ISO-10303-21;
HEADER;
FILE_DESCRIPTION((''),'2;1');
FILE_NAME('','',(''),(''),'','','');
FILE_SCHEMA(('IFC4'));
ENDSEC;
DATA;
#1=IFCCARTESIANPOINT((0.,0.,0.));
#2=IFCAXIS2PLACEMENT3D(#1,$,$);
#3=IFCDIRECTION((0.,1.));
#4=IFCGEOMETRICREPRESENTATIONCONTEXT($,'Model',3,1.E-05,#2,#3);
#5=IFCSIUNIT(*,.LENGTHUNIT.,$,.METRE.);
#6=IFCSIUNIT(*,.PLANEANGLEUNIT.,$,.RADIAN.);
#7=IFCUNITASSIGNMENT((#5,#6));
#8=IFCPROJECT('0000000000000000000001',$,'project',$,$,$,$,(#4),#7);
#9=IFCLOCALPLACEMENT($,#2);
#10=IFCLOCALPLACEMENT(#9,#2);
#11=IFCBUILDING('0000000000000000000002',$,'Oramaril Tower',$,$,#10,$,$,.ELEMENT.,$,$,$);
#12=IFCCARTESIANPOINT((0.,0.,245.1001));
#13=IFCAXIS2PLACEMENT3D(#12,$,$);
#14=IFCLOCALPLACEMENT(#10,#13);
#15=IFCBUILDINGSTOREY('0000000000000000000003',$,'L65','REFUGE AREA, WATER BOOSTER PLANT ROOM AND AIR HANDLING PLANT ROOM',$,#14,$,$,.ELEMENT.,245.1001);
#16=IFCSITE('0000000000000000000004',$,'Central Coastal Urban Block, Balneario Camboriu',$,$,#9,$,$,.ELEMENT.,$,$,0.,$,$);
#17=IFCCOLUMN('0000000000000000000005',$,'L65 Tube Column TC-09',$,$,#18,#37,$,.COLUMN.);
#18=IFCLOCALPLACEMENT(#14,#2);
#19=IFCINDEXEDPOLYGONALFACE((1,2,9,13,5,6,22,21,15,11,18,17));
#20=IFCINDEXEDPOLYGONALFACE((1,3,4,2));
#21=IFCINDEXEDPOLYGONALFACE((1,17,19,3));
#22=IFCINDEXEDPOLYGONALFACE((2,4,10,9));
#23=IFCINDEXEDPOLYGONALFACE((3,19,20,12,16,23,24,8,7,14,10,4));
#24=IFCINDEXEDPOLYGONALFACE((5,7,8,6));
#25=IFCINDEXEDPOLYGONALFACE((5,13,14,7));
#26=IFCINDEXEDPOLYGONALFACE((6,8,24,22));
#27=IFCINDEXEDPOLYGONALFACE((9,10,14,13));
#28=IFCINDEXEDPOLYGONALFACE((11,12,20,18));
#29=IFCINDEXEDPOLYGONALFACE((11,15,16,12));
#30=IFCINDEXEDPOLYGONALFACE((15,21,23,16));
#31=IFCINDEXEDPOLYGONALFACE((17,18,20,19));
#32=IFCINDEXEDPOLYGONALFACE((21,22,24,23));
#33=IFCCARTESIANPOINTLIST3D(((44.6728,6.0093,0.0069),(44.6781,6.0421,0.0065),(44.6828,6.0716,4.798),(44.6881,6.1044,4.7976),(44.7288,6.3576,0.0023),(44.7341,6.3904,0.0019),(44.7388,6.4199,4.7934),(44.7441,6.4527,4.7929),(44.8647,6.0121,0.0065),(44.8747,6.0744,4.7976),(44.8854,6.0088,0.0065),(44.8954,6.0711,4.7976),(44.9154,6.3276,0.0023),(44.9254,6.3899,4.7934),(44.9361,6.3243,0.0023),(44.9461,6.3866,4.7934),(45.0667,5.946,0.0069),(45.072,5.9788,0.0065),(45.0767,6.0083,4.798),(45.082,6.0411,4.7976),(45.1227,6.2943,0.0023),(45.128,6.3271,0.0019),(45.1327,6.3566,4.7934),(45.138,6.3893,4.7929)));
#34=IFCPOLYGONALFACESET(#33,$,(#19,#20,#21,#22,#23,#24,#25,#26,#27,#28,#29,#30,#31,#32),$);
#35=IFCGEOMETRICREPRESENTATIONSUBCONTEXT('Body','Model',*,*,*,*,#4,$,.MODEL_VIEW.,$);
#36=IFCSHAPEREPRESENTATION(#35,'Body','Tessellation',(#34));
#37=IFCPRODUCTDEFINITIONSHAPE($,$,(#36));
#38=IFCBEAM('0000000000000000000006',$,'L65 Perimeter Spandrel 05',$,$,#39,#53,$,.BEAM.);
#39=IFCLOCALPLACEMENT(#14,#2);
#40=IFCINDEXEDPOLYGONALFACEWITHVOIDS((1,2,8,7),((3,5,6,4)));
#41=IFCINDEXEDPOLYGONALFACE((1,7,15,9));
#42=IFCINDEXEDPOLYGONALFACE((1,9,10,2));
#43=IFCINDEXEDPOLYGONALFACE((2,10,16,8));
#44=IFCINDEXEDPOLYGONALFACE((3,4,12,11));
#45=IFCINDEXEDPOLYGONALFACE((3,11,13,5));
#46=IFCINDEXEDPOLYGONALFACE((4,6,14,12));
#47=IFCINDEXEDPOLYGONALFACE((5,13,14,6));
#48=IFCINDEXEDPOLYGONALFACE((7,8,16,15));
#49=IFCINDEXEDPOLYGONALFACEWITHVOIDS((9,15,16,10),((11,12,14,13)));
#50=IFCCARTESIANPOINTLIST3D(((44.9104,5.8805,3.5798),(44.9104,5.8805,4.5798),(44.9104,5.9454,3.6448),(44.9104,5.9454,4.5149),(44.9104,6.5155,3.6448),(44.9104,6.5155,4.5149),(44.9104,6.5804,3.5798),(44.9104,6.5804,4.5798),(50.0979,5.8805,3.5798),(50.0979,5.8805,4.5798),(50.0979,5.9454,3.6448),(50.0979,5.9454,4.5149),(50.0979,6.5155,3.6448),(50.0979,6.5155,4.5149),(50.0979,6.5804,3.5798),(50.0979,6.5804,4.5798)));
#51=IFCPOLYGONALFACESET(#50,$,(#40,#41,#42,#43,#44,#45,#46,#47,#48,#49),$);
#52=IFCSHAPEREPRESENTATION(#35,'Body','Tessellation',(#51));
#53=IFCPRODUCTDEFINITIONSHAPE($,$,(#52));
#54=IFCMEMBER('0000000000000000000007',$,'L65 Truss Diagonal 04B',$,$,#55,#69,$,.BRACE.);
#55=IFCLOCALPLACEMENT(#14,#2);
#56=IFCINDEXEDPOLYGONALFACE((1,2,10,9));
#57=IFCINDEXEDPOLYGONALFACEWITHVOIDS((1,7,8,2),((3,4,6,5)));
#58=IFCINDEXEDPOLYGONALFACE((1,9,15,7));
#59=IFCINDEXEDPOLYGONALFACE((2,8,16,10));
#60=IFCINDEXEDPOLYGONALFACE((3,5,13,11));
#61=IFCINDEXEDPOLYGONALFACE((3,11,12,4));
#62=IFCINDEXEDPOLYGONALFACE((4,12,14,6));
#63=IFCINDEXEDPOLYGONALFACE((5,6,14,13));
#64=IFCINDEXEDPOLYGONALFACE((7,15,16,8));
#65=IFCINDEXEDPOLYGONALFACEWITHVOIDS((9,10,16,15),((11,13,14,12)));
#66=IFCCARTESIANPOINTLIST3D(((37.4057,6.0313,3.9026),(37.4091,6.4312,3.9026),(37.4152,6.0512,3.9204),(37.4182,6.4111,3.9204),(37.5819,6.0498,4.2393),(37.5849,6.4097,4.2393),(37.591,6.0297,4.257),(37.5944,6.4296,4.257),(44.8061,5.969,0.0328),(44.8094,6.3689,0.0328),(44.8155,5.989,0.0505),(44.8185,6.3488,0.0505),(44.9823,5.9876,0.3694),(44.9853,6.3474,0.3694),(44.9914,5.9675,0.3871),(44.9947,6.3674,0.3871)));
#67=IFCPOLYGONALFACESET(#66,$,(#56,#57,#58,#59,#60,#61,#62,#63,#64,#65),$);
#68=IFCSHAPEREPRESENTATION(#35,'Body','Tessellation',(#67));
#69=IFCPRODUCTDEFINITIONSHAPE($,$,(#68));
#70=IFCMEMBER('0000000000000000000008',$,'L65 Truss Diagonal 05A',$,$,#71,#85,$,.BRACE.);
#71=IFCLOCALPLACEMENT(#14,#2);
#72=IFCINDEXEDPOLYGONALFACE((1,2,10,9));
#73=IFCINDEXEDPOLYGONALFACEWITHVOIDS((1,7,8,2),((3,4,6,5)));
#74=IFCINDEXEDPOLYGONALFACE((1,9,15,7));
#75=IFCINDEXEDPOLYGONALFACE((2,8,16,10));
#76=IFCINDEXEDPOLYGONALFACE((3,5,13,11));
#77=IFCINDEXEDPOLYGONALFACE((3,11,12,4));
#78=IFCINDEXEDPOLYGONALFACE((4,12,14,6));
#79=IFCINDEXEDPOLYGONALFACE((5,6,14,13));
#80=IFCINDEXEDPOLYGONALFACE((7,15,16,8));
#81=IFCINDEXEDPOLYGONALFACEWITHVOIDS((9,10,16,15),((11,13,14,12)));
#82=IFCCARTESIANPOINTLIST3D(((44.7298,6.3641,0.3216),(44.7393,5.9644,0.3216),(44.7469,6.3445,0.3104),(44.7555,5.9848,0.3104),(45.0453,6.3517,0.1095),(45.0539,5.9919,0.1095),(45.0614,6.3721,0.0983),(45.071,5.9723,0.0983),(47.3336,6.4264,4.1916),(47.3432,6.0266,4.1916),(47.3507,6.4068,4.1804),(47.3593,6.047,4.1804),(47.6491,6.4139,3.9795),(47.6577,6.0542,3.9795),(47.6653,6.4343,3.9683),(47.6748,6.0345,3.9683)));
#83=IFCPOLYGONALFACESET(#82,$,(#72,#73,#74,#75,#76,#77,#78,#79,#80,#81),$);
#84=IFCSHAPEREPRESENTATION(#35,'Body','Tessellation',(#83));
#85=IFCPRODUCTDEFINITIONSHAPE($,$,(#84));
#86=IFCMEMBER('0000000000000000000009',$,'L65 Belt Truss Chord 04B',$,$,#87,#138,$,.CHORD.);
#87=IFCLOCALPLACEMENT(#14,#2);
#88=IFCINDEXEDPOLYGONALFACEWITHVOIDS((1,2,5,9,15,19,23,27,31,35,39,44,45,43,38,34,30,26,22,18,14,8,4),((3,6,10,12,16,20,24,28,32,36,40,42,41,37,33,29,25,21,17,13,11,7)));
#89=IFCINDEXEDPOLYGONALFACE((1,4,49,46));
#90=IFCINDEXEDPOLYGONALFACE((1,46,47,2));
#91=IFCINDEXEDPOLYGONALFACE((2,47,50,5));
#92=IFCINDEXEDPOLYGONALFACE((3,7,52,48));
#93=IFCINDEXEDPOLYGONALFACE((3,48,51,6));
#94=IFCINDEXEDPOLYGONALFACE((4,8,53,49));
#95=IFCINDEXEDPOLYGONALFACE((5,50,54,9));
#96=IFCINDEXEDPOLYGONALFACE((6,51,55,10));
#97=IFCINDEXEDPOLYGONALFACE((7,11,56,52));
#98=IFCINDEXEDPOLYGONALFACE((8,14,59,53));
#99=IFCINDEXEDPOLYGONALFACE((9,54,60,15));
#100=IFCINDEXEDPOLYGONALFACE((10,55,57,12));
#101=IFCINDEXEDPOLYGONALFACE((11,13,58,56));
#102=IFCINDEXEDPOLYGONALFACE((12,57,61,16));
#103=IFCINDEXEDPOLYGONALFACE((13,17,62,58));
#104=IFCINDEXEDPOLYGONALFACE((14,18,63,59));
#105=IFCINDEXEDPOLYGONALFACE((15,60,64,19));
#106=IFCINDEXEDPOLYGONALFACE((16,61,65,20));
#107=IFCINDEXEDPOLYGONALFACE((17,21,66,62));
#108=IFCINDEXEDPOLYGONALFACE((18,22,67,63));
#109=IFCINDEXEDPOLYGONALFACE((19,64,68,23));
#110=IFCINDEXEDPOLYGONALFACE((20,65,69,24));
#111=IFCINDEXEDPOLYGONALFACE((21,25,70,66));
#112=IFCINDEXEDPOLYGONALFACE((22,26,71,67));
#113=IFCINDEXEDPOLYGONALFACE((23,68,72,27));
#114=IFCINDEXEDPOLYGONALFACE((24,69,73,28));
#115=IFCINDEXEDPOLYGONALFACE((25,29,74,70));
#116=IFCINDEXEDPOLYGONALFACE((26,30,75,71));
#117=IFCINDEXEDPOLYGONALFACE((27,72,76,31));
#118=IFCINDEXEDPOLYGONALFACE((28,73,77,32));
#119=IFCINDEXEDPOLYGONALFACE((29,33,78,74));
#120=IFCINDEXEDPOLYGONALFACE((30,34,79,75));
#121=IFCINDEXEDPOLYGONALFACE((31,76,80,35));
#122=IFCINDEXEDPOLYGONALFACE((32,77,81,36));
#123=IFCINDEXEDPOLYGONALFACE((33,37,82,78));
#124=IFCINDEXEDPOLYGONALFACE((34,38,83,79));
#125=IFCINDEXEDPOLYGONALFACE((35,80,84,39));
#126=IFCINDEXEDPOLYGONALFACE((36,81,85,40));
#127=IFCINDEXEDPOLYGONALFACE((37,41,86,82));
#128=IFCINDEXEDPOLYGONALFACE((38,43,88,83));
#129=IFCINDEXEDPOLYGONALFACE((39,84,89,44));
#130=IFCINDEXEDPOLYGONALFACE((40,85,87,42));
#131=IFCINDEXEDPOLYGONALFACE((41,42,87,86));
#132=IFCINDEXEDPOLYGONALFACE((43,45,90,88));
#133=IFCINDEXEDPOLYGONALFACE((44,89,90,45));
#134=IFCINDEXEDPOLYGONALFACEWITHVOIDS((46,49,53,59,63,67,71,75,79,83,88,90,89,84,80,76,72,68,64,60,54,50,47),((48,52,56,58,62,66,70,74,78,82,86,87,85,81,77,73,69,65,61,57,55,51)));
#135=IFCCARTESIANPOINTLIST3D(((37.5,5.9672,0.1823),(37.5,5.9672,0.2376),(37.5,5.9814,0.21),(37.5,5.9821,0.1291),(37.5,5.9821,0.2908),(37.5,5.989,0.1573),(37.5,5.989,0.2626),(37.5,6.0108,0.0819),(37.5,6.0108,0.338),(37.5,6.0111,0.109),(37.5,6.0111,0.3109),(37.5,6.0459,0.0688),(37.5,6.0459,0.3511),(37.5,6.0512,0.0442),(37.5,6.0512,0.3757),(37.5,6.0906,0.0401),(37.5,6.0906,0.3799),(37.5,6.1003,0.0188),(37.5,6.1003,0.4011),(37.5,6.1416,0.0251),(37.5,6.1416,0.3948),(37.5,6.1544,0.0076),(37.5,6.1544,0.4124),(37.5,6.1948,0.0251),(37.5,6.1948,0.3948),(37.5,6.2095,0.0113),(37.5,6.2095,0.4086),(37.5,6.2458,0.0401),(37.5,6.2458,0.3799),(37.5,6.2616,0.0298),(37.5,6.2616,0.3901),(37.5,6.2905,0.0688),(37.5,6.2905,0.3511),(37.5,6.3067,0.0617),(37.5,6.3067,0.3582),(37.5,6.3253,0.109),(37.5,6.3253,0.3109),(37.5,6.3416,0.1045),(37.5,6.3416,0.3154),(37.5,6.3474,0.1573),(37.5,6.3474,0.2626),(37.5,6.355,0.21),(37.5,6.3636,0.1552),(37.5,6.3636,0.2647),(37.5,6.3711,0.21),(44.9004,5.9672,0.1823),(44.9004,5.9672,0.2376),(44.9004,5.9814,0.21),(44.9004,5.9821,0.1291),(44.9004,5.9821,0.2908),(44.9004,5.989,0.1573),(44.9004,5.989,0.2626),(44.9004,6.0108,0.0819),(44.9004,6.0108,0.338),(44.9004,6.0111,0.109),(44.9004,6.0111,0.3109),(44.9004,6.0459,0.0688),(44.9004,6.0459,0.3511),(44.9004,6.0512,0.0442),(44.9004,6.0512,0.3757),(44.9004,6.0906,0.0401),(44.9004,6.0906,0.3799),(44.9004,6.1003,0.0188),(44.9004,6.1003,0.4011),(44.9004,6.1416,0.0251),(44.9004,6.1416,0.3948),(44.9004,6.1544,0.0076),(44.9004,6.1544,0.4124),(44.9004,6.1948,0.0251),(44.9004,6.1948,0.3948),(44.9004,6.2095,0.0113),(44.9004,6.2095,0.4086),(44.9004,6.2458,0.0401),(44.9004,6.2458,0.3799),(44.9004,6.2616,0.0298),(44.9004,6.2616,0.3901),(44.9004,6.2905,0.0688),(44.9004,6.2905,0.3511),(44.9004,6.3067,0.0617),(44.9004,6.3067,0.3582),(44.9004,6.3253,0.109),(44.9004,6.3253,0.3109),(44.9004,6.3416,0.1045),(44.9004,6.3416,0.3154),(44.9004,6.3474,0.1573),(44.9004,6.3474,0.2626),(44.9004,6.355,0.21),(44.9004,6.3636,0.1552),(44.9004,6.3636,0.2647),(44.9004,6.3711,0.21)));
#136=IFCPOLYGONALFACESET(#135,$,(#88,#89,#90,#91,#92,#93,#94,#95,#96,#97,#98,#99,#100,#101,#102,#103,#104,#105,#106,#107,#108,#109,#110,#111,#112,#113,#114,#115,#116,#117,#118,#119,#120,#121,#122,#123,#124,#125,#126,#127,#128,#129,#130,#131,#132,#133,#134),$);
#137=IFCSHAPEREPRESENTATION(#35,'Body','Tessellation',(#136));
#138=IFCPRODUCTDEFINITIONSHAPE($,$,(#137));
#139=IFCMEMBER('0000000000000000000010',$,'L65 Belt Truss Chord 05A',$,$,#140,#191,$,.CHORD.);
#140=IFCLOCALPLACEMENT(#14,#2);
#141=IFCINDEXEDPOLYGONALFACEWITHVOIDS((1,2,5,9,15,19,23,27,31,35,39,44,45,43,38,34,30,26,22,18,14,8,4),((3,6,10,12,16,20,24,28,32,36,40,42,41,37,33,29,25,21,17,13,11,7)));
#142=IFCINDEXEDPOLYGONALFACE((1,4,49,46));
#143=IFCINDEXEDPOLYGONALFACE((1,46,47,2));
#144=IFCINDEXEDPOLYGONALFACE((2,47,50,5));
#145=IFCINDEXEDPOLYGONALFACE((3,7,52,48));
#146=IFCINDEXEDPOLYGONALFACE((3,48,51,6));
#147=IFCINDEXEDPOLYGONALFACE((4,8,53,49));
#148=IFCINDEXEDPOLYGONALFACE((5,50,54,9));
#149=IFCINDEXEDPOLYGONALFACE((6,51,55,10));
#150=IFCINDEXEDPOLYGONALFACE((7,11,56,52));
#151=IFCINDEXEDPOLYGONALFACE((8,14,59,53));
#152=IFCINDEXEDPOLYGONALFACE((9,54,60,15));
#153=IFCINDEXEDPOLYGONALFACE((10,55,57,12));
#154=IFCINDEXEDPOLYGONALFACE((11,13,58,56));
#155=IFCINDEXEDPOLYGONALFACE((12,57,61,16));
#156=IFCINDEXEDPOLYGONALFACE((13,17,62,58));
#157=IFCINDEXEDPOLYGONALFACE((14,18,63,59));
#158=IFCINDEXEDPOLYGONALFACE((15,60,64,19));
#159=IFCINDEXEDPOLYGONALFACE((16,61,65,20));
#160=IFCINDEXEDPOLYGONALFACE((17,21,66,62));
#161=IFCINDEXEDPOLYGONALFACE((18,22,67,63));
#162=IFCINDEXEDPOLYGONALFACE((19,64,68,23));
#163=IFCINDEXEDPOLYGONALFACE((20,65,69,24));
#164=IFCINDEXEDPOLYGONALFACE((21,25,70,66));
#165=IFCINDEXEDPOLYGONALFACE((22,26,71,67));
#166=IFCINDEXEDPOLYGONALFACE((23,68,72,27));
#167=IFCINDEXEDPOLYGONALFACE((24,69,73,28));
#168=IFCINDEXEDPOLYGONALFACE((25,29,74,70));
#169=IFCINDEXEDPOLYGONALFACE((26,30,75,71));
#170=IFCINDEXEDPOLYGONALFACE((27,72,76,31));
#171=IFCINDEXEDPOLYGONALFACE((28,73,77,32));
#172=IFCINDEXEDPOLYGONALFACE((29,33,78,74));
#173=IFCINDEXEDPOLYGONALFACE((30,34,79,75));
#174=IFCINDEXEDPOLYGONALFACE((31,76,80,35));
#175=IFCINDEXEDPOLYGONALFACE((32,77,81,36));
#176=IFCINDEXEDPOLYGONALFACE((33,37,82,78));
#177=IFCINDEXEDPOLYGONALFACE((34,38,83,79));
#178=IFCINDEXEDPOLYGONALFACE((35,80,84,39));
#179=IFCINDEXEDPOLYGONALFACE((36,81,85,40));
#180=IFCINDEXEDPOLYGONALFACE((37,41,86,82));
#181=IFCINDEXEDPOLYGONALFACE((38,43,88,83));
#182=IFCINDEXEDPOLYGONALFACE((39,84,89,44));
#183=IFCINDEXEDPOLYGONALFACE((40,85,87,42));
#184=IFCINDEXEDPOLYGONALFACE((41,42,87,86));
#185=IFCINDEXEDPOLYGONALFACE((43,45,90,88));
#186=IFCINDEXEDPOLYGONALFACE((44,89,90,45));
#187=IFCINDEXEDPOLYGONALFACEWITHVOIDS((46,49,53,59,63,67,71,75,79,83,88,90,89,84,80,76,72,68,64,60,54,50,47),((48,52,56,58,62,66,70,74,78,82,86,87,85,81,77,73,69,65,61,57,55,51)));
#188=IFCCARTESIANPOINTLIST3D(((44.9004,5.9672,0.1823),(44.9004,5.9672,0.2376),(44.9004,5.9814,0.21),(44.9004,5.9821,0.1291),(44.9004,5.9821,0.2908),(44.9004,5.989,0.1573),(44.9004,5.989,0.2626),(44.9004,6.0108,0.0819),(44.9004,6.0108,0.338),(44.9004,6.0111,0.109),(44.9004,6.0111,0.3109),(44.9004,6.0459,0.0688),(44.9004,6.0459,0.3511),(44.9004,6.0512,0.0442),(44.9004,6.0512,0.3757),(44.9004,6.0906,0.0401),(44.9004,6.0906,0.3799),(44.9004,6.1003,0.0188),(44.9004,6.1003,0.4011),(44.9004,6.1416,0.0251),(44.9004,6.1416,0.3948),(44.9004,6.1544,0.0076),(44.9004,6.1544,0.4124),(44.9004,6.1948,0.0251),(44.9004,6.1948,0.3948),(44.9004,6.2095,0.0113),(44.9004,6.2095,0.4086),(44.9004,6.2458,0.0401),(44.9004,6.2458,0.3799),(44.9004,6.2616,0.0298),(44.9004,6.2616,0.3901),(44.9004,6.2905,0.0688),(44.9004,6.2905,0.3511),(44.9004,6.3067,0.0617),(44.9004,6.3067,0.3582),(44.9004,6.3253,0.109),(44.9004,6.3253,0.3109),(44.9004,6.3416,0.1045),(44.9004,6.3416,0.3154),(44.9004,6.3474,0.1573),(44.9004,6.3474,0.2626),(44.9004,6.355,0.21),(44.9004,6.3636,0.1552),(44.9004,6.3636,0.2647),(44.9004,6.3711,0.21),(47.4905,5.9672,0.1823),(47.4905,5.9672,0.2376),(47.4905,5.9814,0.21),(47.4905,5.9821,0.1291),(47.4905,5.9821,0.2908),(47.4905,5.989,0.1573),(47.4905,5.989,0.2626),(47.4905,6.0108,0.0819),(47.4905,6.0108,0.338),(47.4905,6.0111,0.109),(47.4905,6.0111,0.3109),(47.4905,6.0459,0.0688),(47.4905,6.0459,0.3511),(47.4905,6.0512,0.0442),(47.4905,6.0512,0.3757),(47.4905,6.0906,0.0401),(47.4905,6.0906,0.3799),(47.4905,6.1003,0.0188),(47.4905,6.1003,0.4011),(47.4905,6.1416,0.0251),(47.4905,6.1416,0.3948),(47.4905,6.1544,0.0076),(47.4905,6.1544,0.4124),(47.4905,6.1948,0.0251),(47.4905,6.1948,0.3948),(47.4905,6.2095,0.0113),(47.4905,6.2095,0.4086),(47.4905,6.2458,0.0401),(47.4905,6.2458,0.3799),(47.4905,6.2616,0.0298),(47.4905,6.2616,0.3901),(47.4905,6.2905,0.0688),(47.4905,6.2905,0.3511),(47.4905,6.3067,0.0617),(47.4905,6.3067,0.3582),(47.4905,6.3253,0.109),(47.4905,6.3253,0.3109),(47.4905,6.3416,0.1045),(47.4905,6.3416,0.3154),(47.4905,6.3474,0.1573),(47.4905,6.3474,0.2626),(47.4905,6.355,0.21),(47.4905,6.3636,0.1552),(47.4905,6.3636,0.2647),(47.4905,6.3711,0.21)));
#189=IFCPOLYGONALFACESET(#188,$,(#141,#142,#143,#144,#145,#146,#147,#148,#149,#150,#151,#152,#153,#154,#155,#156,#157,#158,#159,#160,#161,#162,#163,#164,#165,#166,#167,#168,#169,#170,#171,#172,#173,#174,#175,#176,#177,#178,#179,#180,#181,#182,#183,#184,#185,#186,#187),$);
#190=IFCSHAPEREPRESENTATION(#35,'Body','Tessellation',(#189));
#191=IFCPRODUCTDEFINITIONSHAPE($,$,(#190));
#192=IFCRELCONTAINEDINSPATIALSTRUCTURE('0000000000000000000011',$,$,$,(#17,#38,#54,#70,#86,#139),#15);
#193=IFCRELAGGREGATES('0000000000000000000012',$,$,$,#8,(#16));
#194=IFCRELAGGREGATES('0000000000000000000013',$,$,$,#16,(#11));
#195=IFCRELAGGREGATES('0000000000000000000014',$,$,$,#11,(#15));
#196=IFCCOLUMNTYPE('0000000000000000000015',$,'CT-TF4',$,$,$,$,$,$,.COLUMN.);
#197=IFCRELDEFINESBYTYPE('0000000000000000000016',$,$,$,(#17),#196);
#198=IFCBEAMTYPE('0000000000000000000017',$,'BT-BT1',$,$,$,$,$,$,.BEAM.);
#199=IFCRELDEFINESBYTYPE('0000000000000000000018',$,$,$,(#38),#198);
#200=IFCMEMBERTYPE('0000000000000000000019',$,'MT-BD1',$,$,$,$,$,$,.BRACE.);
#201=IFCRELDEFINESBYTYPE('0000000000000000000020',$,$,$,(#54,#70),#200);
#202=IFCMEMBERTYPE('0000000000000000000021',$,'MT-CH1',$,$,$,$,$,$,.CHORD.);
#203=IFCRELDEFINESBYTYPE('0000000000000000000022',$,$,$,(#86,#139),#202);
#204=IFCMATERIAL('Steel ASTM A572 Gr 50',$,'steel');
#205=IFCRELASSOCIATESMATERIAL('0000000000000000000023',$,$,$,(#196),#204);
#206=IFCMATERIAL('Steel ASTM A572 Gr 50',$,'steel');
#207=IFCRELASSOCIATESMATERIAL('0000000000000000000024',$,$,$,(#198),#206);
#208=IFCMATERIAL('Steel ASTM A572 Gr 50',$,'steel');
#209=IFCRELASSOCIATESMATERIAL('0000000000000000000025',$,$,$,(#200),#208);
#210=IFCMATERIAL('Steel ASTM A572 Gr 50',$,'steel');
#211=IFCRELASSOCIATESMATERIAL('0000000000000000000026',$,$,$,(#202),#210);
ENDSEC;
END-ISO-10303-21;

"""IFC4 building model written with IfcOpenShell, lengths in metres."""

from ifc_helpers import new_model, si_unit, direction, frame, origin, origin_2d, place, context, subcontext, project, spatial, hollow_rectangle, hollow_circle, i_section, extrude, material, material_profile, profile_set, type_object, element, save


model = new_model("IFC4")

# Units and contexts
model_context = context("Model", 3, precision=1e-05, world=origin(), true_north=direction((0.0, 1.0)))
body_context = subcontext(model_context, "Body", "Model", "MODEL_VIEW")
ifc_project = project(units=[si_unit("LENGTHUNIT", "METRE"), si_unit("PLANEANGLEUNIT", "RADIAN")], contexts=[model_context])

# Site, building, storey
site_placement = place(None, origin())
site = spatial("IfcSite", under=ifc_project, at=site_placement, Name="Central Coastal Urban Block, Balneario Camboriu", CompositionType="ELEMENT", RefElevation=0.0)
building_placement = place(site_placement, origin())
building = spatial("IfcBuilding", under=site, at=building_placement, Name="Oramaril Tower", CompositionType="ELEMENT")
storey_placement = place(building_placement, frame((0.0, 0.0, 245.1001)))
storey = spatial("IfcBuildingStorey", under=building, at=storey_placement, Name="L65", Description="REFUGE AREA, WATER BOOSTER PLANT ROOM AND AIR HANDLING PLANT ROOM", CompositionType="ELEMENT", Elevation=245.1001)

# Column
ifc_material_1 = material(Name="Steel ASTM A572 Gr 50", Category="steel")
ifc_material_profile_1 = material_profile(ifc_material_1, i_section(OverallWidth=0.3989, OverallDepth=0.386, WebThickness=0.021, FlangeThickness=0.0332, at=origin_2d()), Name="W14X176")
ifc_profile_set_1 = profile_set([ifc_material_profile_1], Name="Steel ASTM A572 Gr 50")
column_type = type_object("IfcColumnType", Name="CT-TF4", PredefinedType="COLUMN", material=ifc_profile_set_1)
column_placement = place(storey_placement, frame((44.9004, 6.1682, 0.0044), z_axis=(0.002089, 0.012993, 0.999913), x_axis=(-0.98732, 0.158745, 0.0)))
element("IfcColumn", 1, at=column_placement, inside=storey, type_object=column_type, Name="L65 Tube Column TC-09", PredefinedType="COLUMN", context=body_context, shape_type="SweptSolid", body=[
    extrude(i_section(OverallWidth=0.3989, OverallDepth=0.386, WebThickness=0.021, FlangeThickness=0.0332, at=origin_2d()), origin(), (0.0, 0.0, 1.0), 4.7915),
])

# Beam
ifc_material_2 = material(Name="Steel ASTM A572 Gr 50", Category="steel")
ifc_material_profile_2 = material_profile(ifc_material_2, hollow_rectangle(XDim=0.7, YDim=1.0, WallThickness=0.0649, at=origin_2d()), Name="BOX1000X700X65")
ifc_profile_set_2 = profile_set([ifc_material_profile_2], Name="Steel ASTM A572 Gr 50")
beam_type = type_object("IfcBeamType", Name="BT-BT1", PredefinedType="BEAM", material=ifc_profile_set_2)
beam_placement = place(storey_placement, frame((44.9104, 6.2305, 4.0798), z_axis=(1.0, 0.0, 0.0), x_axis=(0.0, 1.0, 0.0)))
element("IfcBeam", 2, at=beam_placement, inside=storey, type_object=beam_type, Name="L65 Perimeter Spandrel 05", PredefinedType="BEAM", context=body_context, shape_type="SweptSolid", body=[
    extrude(hollow_rectangle(XDim=0.7, YDim=1.0, WallThickness=0.0649, at=origin_2d()), origin(), (0.0, 0.0, 1.0), 5.1875),
])

# Members
ifc_material_3 = material(Name="Steel ASTM A572 Gr 50", Category="steel")
ifc_material_profile_3 = material_profile(ifc_material_3, hollow_rectangle(XDim=0.3999, YDim=0.3999, WallThickness=0.02, at=origin_2d()), Name="HSS400X400X20")
ifc_profile_set_3 = profile_set([ifc_material_profile_3], Name="Steel ASTM A572 Gr 50")
member_type_1 = type_object("IfcMemberType", Name="MT-BD1", PredefinedType="BRACE", material=ifc_profile_set_3)
member_1_placement = place(storey_placement, frame((44.9004, 6.1682, 0.21), z_axis=(-0.886128, 0.007455, 0.463381), x_axis=(-0.008412, -0.999965, 0.0)))
element("IfcMember", 3, at=member_1_placement, inside=storey, type_object=member_type_1, Name="L65 Truss Diagonal 04B", PredefinedType="BRACE", context=body_context, shape_type="SweptSolid", body=[
    extrude(hollow_rectangle(XDim=0.3999, YDim=0.3999, WallThickness=0.02, at=origin_2d()), origin(), (0.0, 0.0, 1.0), 8.3513),
])
member_2_placement = place(storey_placement, frame((44.9004, 6.1682, 0.21), z_axis=(0.558185, 0.013346, 0.829609), x_axis=(-0.023903, 0.999714, 0.0)))
element("IfcMember", 4, at=member_2_placement, inside=storey, type_object=member_type_1, Name="L65 Truss Diagonal 05A", PredefinedType="BRACE", context=body_context, shape_type="SweptSolid", body=[
    extrude(hollow_rectangle(XDim=0.3999, YDim=0.3999, WallThickness=0.02, at=origin_2d()), origin(), (0.0, 0.0, 1.0), 4.6648),
])
ifc_material_4 = material(Name="Steel ASTM A572 Gr 50", Category="steel")
ifc_material_profile_4 = material_profile(ifc_material_4, hollow_circle(Radius=0.2029, WallThickness=0.0161, at=origin_2d()), Name="CHS406X16")
ifc_profile_set_4 = profile_set([ifc_material_profile_4], Name="Steel ASTM A572 Gr 50")
member_type_2 = type_object("IfcMemberType", Name="MT-CH1", PredefinedType="CHORD", material=ifc_profile_set_4)
member_3_placement = place(storey_placement, frame((37.5, 6.1682, 0.21), z_axis=(1.0, 0.0, 0.0), x_axis=(0.0, 1.0, 0.0)))
element("IfcMember", 5, at=member_3_placement, inside=storey, type_object=member_type_2, Name="L65 Belt Truss Chord 04B", PredefinedType="CHORD", context=body_context, shape_type="SweptSolid", body=[
    extrude(hollow_circle(Radius=0.2029, WallThickness=0.0161, at=origin_2d()), origin(), (0.0, 0.0, 1.0), 7.4004),
])
member_4_placement = place(storey_placement, frame((44.9004, 6.1682, 0.21), z_axis=(1.0, 0.0, 0.0), x_axis=(0.0, 1.0, 0.0)))
element("IfcMember", 6, at=member_4_placement, inside=storey, type_object=member_type_2, Name="L65 Belt Truss Chord 05A", PredefinedType="CHORD", context=body_context, shape_type="SweptSolid", body=[
    extrude(hollow_circle(Radius=0.2029, WallThickness=0.0161, at=origin_2d()), origin(), (0.0, 0.0, 1.0), 2.5901),
])

save(model, "model.ifc")
